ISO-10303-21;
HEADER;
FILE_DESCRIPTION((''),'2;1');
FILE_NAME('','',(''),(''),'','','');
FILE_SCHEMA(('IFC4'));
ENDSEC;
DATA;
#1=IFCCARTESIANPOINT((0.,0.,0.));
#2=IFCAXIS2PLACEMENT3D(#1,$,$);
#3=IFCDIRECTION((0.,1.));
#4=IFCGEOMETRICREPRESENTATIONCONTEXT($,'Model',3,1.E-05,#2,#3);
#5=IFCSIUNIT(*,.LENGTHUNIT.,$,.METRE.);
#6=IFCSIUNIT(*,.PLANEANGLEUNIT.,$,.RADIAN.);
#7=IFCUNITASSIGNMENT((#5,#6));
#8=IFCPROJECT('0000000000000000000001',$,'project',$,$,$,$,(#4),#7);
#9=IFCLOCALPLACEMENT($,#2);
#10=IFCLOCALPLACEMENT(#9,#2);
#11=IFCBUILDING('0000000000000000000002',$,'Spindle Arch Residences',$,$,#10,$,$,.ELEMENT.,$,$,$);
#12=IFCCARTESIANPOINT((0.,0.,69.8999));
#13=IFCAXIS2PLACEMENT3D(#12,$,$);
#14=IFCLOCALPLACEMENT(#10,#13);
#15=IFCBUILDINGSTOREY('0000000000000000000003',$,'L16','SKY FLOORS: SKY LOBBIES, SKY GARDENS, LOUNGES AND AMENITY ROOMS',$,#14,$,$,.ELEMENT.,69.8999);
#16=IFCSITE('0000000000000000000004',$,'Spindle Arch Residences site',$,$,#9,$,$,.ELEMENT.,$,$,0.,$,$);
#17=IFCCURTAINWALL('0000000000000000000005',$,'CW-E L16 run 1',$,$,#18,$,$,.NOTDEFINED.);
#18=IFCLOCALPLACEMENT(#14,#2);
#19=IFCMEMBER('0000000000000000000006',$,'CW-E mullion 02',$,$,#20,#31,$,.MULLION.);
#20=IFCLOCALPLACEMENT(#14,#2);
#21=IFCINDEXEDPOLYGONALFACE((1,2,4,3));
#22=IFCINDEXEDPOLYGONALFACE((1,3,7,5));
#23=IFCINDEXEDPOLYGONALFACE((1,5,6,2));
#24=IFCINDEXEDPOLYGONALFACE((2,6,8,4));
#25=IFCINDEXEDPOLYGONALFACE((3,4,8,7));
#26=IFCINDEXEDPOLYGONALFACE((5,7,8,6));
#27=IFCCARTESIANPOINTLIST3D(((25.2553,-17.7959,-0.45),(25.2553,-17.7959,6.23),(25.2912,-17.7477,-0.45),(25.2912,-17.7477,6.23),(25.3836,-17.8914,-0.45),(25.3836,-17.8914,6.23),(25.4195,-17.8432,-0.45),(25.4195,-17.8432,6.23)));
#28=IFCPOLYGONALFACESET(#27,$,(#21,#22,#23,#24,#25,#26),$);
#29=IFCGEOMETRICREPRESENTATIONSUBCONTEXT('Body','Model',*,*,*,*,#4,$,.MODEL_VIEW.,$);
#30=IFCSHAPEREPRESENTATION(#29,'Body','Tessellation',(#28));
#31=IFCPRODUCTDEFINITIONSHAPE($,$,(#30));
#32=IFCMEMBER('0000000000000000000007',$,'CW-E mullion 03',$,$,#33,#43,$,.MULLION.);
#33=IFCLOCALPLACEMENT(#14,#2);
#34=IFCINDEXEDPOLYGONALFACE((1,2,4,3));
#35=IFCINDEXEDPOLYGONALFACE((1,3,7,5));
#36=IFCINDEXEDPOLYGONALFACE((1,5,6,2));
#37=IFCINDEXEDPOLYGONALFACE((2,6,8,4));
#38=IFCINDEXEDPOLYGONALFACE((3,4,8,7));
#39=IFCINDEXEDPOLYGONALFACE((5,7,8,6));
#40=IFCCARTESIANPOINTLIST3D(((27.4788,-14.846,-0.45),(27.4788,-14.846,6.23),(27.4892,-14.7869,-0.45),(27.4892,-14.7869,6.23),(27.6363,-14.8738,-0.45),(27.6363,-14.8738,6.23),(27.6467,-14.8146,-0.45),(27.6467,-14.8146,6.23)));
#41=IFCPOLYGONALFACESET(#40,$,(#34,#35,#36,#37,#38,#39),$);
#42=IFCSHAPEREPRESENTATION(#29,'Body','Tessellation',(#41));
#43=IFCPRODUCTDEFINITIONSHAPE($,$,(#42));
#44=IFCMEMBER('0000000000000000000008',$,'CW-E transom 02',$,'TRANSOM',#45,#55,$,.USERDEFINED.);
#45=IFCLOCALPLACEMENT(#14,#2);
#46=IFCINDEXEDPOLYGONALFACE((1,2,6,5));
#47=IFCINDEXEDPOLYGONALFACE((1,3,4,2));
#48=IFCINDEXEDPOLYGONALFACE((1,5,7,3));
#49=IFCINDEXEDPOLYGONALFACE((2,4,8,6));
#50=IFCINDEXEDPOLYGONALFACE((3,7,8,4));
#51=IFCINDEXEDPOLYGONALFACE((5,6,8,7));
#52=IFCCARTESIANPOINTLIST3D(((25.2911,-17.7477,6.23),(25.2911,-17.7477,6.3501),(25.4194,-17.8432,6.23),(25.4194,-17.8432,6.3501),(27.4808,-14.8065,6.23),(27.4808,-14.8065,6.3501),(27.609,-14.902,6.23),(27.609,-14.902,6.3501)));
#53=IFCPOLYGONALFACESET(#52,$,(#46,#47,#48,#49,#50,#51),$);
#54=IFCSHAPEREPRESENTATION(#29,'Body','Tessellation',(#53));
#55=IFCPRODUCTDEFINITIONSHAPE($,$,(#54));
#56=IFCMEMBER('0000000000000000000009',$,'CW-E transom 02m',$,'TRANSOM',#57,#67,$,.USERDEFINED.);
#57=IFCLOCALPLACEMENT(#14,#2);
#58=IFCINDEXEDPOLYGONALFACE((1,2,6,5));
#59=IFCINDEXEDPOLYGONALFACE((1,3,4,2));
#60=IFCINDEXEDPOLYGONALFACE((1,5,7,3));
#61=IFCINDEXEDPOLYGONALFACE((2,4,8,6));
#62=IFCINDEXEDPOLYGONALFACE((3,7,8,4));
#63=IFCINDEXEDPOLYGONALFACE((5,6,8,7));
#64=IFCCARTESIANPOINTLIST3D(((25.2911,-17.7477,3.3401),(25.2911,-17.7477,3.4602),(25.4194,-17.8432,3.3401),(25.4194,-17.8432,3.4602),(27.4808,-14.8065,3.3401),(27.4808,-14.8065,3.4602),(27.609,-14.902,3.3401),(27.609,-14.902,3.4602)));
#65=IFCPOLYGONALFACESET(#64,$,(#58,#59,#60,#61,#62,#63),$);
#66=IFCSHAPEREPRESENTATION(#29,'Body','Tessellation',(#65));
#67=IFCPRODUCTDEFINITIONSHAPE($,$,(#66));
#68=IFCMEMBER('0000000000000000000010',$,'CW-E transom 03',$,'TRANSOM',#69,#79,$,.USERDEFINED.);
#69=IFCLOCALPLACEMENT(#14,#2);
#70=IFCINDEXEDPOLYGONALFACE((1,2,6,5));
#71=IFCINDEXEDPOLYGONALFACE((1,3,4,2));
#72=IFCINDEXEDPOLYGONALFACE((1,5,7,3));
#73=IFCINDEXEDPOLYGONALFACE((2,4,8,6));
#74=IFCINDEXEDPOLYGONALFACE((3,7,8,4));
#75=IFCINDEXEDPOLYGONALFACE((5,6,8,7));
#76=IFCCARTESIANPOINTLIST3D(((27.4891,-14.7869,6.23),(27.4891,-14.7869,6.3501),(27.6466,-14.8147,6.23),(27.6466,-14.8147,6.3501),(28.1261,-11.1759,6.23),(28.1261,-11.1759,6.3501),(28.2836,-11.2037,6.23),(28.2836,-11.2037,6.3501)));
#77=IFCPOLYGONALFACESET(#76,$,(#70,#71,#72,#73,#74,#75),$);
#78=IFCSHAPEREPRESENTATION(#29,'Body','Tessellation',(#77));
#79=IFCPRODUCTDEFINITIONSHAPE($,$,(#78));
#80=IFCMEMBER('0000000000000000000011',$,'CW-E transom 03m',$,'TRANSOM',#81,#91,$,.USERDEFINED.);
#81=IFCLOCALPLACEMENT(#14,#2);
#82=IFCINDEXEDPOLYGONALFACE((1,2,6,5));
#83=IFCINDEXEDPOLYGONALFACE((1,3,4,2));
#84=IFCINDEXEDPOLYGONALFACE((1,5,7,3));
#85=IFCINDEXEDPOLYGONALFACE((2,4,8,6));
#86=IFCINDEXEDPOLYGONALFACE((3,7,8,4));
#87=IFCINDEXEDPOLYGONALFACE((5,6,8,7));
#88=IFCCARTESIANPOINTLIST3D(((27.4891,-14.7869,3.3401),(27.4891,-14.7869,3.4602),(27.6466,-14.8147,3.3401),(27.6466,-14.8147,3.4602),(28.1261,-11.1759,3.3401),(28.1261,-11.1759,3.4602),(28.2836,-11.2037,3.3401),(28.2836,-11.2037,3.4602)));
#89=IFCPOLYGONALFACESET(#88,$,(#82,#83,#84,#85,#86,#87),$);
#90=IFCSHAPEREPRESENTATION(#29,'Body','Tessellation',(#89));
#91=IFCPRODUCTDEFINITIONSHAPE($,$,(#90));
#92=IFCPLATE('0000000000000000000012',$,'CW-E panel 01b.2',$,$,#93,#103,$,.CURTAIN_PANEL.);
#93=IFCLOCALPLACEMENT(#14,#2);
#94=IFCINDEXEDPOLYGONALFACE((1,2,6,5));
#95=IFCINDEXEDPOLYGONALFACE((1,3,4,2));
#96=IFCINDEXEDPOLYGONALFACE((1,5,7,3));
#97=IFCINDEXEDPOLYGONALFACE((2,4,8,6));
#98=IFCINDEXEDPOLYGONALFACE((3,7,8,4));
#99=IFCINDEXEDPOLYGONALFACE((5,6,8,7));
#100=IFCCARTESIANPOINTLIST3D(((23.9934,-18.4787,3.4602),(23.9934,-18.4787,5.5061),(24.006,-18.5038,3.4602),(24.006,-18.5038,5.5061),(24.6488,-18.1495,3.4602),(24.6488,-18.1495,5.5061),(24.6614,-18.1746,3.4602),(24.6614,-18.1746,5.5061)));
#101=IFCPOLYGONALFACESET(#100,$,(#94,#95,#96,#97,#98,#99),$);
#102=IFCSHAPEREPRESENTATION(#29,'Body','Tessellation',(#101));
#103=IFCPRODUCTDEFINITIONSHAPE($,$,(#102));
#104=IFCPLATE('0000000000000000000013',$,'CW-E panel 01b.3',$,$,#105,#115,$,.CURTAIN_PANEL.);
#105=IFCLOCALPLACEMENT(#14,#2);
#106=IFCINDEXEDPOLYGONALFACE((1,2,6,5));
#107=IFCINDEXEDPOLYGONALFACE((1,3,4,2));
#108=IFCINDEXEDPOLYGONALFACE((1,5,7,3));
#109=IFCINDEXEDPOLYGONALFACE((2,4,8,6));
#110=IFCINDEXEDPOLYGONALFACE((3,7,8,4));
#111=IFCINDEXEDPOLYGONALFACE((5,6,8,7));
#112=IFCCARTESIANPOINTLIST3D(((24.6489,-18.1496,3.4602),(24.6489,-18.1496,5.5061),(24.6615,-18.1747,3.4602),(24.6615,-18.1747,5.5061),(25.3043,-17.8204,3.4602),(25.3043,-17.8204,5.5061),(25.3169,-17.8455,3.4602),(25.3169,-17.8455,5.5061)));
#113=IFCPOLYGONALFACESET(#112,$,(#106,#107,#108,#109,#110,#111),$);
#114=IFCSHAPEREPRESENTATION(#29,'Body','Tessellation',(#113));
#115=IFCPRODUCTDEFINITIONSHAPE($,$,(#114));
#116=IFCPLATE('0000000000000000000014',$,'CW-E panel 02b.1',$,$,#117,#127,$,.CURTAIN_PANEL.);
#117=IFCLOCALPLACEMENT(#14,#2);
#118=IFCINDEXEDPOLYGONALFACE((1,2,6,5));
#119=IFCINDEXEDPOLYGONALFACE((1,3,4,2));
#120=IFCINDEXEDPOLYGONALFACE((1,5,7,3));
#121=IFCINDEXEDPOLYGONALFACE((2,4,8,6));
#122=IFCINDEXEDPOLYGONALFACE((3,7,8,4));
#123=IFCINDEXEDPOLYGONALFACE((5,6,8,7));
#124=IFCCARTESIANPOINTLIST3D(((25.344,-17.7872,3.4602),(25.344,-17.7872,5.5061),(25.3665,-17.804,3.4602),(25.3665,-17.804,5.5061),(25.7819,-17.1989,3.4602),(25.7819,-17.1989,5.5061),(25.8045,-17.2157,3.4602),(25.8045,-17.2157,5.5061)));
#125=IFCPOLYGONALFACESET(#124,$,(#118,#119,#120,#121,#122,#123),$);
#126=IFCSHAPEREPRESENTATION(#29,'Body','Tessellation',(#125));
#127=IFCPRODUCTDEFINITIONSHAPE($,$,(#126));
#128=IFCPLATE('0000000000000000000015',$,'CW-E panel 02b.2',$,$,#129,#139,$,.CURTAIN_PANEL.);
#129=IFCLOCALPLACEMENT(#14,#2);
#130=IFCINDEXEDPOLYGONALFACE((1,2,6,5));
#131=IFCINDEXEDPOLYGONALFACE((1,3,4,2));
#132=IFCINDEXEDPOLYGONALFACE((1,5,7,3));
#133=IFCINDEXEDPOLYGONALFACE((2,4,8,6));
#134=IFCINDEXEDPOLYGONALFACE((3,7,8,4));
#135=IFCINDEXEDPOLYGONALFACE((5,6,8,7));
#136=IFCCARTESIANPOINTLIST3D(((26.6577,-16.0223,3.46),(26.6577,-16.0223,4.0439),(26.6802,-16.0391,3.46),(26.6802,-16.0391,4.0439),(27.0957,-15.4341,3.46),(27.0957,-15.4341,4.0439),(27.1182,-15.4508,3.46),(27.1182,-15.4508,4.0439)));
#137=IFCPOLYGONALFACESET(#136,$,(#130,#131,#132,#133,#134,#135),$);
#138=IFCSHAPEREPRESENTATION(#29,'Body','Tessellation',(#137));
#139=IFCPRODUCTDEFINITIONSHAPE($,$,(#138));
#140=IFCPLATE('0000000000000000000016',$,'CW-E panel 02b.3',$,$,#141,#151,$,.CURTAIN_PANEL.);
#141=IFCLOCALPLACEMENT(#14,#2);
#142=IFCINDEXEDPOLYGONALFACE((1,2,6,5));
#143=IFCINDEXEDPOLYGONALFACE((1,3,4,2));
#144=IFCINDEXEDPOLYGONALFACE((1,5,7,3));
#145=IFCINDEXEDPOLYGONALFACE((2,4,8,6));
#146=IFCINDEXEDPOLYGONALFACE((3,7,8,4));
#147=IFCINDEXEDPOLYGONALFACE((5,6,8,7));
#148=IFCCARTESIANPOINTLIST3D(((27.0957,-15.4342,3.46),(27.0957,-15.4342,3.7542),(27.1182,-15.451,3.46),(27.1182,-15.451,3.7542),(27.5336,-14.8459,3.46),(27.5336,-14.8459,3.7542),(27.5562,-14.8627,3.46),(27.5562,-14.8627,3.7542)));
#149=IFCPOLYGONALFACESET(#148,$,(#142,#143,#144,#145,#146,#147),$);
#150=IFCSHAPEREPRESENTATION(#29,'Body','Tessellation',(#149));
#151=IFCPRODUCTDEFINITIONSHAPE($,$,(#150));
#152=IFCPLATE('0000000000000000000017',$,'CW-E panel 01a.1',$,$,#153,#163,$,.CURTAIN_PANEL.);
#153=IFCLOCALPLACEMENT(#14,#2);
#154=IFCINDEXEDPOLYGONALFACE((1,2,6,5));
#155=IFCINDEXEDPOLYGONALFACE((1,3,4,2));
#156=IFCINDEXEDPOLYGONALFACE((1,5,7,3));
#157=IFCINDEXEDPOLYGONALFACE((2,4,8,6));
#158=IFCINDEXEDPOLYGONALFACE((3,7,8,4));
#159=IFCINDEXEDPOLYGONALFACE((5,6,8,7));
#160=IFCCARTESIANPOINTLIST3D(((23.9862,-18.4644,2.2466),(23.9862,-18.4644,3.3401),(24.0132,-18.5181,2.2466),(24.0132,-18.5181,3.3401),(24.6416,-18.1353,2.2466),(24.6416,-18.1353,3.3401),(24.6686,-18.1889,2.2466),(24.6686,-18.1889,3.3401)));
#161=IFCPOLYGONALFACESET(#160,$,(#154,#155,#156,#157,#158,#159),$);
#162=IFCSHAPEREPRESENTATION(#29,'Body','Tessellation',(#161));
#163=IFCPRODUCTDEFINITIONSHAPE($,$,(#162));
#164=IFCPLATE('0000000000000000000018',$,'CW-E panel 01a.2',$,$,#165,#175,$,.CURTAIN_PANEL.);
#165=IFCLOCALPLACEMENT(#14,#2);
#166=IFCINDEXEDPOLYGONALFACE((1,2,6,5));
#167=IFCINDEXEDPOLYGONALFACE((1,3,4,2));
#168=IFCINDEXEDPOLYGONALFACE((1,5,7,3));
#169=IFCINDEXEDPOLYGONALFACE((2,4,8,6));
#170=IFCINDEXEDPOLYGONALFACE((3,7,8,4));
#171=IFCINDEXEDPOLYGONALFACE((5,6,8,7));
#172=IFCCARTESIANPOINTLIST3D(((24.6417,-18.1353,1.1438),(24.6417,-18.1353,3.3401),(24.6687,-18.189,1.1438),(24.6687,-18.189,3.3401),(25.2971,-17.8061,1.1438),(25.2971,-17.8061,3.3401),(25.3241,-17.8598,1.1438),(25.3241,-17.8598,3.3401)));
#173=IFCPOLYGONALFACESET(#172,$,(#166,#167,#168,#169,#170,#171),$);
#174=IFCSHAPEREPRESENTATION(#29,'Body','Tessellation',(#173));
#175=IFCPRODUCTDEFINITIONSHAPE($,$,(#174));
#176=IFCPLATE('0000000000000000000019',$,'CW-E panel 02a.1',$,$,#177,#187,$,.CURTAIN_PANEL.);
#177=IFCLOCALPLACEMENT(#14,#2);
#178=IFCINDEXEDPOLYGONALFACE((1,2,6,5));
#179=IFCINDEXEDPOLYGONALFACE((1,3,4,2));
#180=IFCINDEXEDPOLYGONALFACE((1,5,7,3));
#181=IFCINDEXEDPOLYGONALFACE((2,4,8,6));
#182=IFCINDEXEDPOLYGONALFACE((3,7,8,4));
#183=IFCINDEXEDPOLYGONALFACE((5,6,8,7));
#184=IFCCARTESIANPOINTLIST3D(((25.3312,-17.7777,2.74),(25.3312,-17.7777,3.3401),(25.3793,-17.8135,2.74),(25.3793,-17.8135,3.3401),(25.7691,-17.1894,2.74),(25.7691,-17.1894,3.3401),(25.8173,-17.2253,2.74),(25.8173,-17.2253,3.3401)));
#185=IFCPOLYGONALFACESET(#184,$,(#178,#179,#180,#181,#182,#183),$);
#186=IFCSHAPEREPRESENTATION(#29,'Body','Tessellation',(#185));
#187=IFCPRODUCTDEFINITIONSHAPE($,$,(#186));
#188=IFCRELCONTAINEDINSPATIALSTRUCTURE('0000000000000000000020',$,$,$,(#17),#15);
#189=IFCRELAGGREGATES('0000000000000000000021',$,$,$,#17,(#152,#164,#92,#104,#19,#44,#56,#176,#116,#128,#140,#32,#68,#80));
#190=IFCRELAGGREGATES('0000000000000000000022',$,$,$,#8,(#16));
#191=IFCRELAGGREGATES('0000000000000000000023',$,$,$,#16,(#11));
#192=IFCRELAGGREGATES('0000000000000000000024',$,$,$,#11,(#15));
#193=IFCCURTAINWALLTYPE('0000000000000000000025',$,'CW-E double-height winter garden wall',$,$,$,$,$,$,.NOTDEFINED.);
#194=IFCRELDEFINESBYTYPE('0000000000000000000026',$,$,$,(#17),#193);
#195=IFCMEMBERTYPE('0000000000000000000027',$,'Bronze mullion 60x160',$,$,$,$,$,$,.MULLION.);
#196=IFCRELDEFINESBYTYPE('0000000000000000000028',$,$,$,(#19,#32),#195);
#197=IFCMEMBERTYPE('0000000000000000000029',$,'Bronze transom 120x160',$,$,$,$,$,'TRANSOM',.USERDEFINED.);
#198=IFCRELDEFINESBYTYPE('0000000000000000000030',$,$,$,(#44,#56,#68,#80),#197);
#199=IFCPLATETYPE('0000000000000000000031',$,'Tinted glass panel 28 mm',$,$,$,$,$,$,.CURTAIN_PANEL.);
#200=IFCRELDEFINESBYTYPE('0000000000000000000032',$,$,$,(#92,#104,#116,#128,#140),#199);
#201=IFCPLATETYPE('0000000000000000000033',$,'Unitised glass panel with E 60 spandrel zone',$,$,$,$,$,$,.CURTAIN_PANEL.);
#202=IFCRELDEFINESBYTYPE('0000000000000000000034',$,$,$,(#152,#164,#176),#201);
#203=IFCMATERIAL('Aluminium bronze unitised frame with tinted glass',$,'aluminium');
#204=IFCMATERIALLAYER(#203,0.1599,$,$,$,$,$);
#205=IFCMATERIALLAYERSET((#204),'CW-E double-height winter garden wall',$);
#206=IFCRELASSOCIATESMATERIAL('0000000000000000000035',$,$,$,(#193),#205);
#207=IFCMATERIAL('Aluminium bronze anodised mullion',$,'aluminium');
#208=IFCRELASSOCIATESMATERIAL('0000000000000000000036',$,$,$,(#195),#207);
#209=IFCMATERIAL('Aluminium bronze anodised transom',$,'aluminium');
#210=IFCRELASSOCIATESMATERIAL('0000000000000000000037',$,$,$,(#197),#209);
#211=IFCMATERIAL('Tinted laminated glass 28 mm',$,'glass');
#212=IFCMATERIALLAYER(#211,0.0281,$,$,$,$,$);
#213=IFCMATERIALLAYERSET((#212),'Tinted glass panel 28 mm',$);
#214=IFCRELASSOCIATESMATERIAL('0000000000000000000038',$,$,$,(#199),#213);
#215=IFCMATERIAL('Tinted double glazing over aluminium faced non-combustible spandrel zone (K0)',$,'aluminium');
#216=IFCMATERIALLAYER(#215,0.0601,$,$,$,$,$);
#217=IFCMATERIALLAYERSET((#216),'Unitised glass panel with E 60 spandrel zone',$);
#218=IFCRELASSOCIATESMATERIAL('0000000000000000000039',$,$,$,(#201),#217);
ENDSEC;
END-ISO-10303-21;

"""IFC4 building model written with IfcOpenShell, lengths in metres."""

from ifc_helpers import new_model, si_unit, direction, frame, origin, origin_2d, place, context, subcontext, project, spatial, rectangle, extrude, material, layer, layer_set, material_profile, profile_set, type_object, element, aggregate, save


model = new_model("IFC4")

# Units and contexts
model_context = context("Model", 3, precision=1e-05, world=origin(), true_north=direction((0.0, 1.0)))
body_context = subcontext(model_context, "Body", "Model", "MODEL_VIEW")
ifc_project = project(units=[si_unit("LENGTHUNIT", "METRE"), si_unit("PLANEANGLEUNIT", "RADIAN")], contexts=[model_context])

# Site, building, storey
site_placement = place(None, origin())
site = spatial("IfcSite", under=ifc_project, at=site_placement, Name="Spindle Arch Residences site", CompositionType="ELEMENT", RefElevation=0.0)
building_placement = place(site_placement, origin())
building = spatial("IfcBuilding", under=site, at=building_placement, Name="Spindle Arch Residences", CompositionType="ELEMENT")
storey_placement = place(building_placement, frame((0.0, 0.0, 69.8999)))
storey = spatial("IfcBuildingStorey", under=building, at=storey_placement, Name="L16", Description="SKY FLOORS: SKY LOBBIES, SKY GARDENS, LOUNGES AND AMENITY ROOMS", CompositionType="ELEMENT", Elevation=69.8999)

# Curtain wall, members, plates
ifc_material_1 = material(Name="Aluminium bronze unitised frame with tinted glass", Category="aluminium")
ifc_layer_1 = layer(ifc_material_1, 0.1599)
ifc_layer_set_1 = layer_set([ifc_layer_1], Name="CW-E double-height winter garden wall")
curtain_wall_type = type_object("IfcCurtainWallType", Name="CW-E double-height winter garden wall", PredefinedType="NOTDEFINED", material=ifc_layer_set_1)
curtain_wall_placement = place(storey_placement, origin())
curtain_wall = element("IfcCurtainWall", 1, at=curtain_wall_placement, inside=storey, type_object=curtain_wall_type, Name="CW-E L16 run 1", PredefinedType="NOTDEFINED")
ifc_material_2 = material(Name="Aluminium bronze anodised mullion", Category="aluminium")
ifc_material_profile_1 = material_profile(ifc_material_2, rectangle(XDim=0.1599, YDim=0.0601, at=origin_2d()), Name="MU 60x160")
ifc_profile_set_1 = profile_set([ifc_material_profile_1], Name="Aluminium bronze anodised mullion")
member_type_1 = type_object("IfcMemberType", Name="Bronze mullion 60x160", PredefinedType="MULLION", material=ifc_profile_set_1)
member_1_placement = place(storey_placement, frame((25.3374, -17.8196, -0.45), z_axis=(0.0, 0.0, 1.0), x_axis=(-0.802123, 0.597159, 0.0)))
member_1 = element("IfcMember", 2, at=member_1_placement, type_object=member_type_1, Name="CW-E mullion 02", PredefinedType="MULLION", context=body_context, shape_type="SweptSolid", body=[
    extrude(rectangle(XDim=0.1599, YDim=0.0601, at=origin_2d()), origin(), (0.0, 0.0, 1.0), 6.6799),
])
member_2_placement = place(storey_placement, frame((27.5627, -14.8303, -0.45), z_axis=(0.0, 0.0, 1.0), x_axis=(-0.984808, 0.173648, 0.0)))
member_2 = element("IfcMember", 3, at=member_2_placement, type_object=member_type_1, Name="CW-E mullion 03", PredefinedType="MULLION", context=body_context, shape_type="SweptSolid", body=[
    extrude(rectangle(XDim=0.1599, YDim=0.0601, at=origin_2d()), origin(), (0.0, 0.0, 1.0), 6.6799),
])
ifc_material_3 = material(Name="Aluminium bronze anodised transom", Category="aluminium")
ifc_material_profile_2 = material_profile(ifc_material_3, rectangle(XDim=0.1599, YDim=0.1201, at=origin_2d()), Name="TR 120x160")
ifc_profile_set_2 = profile_set([ifc_material_profile_2], Name="Aluminium bronze anodised transom")
member_type_2 = type_object("IfcMemberType", Name="Bronze transom 120x160", ElementType="TRANSOM", PredefinedType="USERDEFINED", material=ifc_profile_set_2)
member_3_placement = place(storey_placement, frame((25.3552, -17.7954, 6.29), z_axis=(0.597173, 0.802112, 0.0), x_axis=(-0.802112, 0.597173, 0.0)))
member_3 = element("IfcMember", 4, at=member_3_placement, type_object=member_type_2, Name="CW-E transom 02", ObjectType="TRANSOM", PredefinedType="USERDEFINED", context=body_context, shape_type="SweptSolid", body=[
    extrude(rectangle(XDim=0.1599, YDim=0.1201, at=origin_2d()), origin(), (0.0, 0.0, 1.0), 3.6667),
])
member_4_placement = place(storey_placement, frame((25.3552, -17.7954, 3.4001), z_axis=(0.597173, 0.802112, 0.0), x_axis=(-0.802112, 0.597173, 0.0)))
member_4 = element("IfcMember", 5, at=member_4_placement, type_object=member_type_2, Name="CW-E transom 02m", ObjectType="TRANSOM", PredefinedType="USERDEFINED", context=body_context, shape_type="SweptSolid", body=[
    extrude(rectangle(XDim=0.1599, YDim=0.1201, at=origin_2d()), origin(), (0.0, 0.0, 1.0), 3.6667),
])
member_5_placement = place(storey_placement, frame((27.5679, -14.8008, 6.29), z_axis=(0.173709, 0.984797, 0.0), x_axis=(-0.984797, 0.173709, 0.0)))
member_5 = element("IfcMember", 6, at=member_5_placement, type_object=member_type_2, Name="CW-E transom 03", ObjectType="TRANSOM", PredefinedType="USERDEFINED", context=body_context, shape_type="SweptSolid", body=[
    extrude(rectangle(XDim=0.1599, YDim=0.1201, at=origin_2d()), origin(), (0.0, 0.0, 1.0), 3.6667),
])
member_6_placement = place(storey_placement, frame((27.5679, -14.8008, 3.4001), z_axis=(0.173709, 0.984797, 0.0), x_axis=(-0.984797, 0.173709, 0.0)))
member_6 = element("IfcMember", 7, at=member_6_placement, type_object=member_type_2, Name="CW-E transom 03m", ObjectType="TRANSOM", PredefinedType="USERDEFINED", context=body_context, shape_type="SweptSolid", body=[
    extrude(rectangle(XDim=0.1599, YDim=0.1201, at=origin_2d()), origin(), (0.0, 0.0, 1.0), 3.6667),
])
ifc_material_4 = material(Name="Tinted laminated glass 28 mm", Category="glass")
ifc_layer_2 = layer(ifc_material_4, 0.0281)
ifc_layer_set_2 = layer_set([ifc_layer_2], Name="Tinted glass panel 28 mm")
plate_type_1 = type_object("IfcPlateType", Name="Tinted glass panel 28 mm", PredefinedType="CURTAIN_PANEL", material=ifc_layer_set_2)
plate_1_placement = place(storey_placement, frame((24.3274, -18.3267, 3.4602), z_axis=(0.0, 0.0, 1.0), x_axis=(0.893633, 0.448799, 0.0)))
plate_1 = element("IfcPlate", 8, at=plate_1_placement, type_object=plate_type_1, Name="CW-E panel 01b.2", PredefinedType="CURTAIN_PANEL", context=body_context, shape_type="SweptSolid", body=[
    extrude(rectangle(XDim=0.7334, YDim=0.0281, at=origin_2d()), origin(), (0.0, 0.0, 1.0), 2.0459),
])
plate_2_placement = place(storey_placement, frame((24.9829, -17.9976, 3.4602), z_axis=(0.0, 0.0, 1.0), x_axis=(0.893633, 0.448799, 0.0)))
plate_2 = element("IfcPlate", 9, at=plate_2_placement, type_object=plate_type_1, Name="CW-E panel 01b.3", PredefinedType="CURTAIN_PANEL", context=body_context, shape_type="SweptSolid", body=[
    extrude(rectangle(XDim=0.7334, YDim=0.0281, at=origin_2d()), origin(), (0.0, 0.0, 1.0), 2.0459),
])
plate_3_placement = place(storey_placement, frame((25.5742, -17.5015, 3.4602), z_axis=(0.0, 0.0, 1.0), x_axis=(0.597159, 0.802123, 0.0)))
plate_3 = element("IfcPlate", 10, at=plate_3_placement, type_object=plate_type_1, Name="CW-E panel 02b.1", PredefinedType="CURTAIN_PANEL", context=body_context, shape_type="SweptSolid", body=[
    extrude(rectangle(XDim=0.7334, YDim=0.0281, at=origin_2d()), origin(), (0.0, 0.0, 1.0), 2.0459),
])
plate_4_placement = place(storey_placement, frame((26.8879, -15.7366, 3.46), z_axis=(0.0, 0.0, 1.0), x_axis=(0.597159, 0.802123, 0.0)))
plate_4 = element("IfcPlate", 11, at=plate_4_placement, type_object=plate_type_1, Name="CW-E panel 02b.2", PredefinedType="CURTAIN_PANEL", context=body_context, shape_type="SweptSolid", body=[
    extrude(rectangle(XDim=0.7334, YDim=0.0281, at=origin_2d()), origin(), (0.0, 0.0, 1.0), 0.584),
])
plate_5_placement = place(storey_placement, frame((27.3259, -15.1484, 3.46), z_axis=(0.0, 0.0, 1.0), x_axis=(0.597159, 0.802123, 0.0)))
plate_5 = element("IfcPlate", 12, at=plate_5_placement, type_object=plate_type_1, Name="CW-E panel 02b.3", PredefinedType="CURTAIN_PANEL", context=body_context, shape_type="SweptSolid", body=[
    extrude(rectangle(XDim=0.7334, YDim=0.0281, at=origin_2d()), origin(), (0.0, 0.0, 1.0), 0.2942),
])
ifc_material_5 = material(Name="Tinted double glazing over aluminium faced non-combustible spandrel zone (K0)", Category="aluminium")
ifc_layer_3 = layer(ifc_material_5, 0.0601)
ifc_layer_set_3 = layer_set([ifc_layer_3], Name="Unitised glass panel with E 60 spandrel zone")
plate_type_2 = type_object("IfcPlateType", Name="Unitised glass panel with E 60 spandrel zone", PredefinedType="CURTAIN_PANEL", material=ifc_layer_set_3)
plate_6_placement = place(storey_placement, frame((24.3274, -18.3267, 2.2466), z_axis=(0.0, 0.0, 1.0), x_axis=(0.893633, 0.448799, 0.0)))
plate_6 = element("IfcPlate", 13, at=plate_6_placement, type_object=plate_type_2, Name="CW-E panel 01a.1", PredefinedType="CURTAIN_PANEL", context=body_context, shape_type="SweptSolid", body=[
    extrude(rectangle(XDim=0.7334, YDim=0.0601, at=origin_2d()), origin(), (0.0, 0.0, 1.0), 1.0935),
])
plate_7_placement = place(storey_placement, frame((24.9829, -17.9976, 1.1438), z_axis=(0.0, 0.0, 1.0), x_axis=(0.893633, 0.448799, 0.0)))
plate_7 = element("IfcPlate", 14, at=plate_7_placement, type_object=plate_type_2, Name="CW-E panel 01a.2", PredefinedType="CURTAIN_PANEL", context=body_context, shape_type="SweptSolid", body=[
    extrude(rectangle(XDim=0.7334, YDim=0.0601, at=origin_2d()), origin(), (0.0, 0.0, 1.0), 2.1963),
])
plate_8_placement = place(storey_placement, frame((25.5742, -17.5015, 2.74), z_axis=(0.0, 0.0, 1.0), x_axis=(0.597159, 0.802123, 0.0)))
plate_8 = element("IfcPlate", 15, at=plate_8_placement, type_object=plate_type_2, Name="CW-E panel 02a.1", PredefinedType="CURTAIN_PANEL", context=body_context, shape_type="SweptSolid", body=[
    extrude(rectangle(XDim=0.7334, YDim=0.0601, at=origin_2d()), origin(), (0.0, 0.0, 1.0), 0.6001),
])
aggregate(curtain_wall, [plate_6, plate_7, plate_1, plate_2, member_1, member_3, member_4, plate_8, plate_3, plate_4, plate_5, member_2, member_5, member_6])

save(model, "model.ifc")
